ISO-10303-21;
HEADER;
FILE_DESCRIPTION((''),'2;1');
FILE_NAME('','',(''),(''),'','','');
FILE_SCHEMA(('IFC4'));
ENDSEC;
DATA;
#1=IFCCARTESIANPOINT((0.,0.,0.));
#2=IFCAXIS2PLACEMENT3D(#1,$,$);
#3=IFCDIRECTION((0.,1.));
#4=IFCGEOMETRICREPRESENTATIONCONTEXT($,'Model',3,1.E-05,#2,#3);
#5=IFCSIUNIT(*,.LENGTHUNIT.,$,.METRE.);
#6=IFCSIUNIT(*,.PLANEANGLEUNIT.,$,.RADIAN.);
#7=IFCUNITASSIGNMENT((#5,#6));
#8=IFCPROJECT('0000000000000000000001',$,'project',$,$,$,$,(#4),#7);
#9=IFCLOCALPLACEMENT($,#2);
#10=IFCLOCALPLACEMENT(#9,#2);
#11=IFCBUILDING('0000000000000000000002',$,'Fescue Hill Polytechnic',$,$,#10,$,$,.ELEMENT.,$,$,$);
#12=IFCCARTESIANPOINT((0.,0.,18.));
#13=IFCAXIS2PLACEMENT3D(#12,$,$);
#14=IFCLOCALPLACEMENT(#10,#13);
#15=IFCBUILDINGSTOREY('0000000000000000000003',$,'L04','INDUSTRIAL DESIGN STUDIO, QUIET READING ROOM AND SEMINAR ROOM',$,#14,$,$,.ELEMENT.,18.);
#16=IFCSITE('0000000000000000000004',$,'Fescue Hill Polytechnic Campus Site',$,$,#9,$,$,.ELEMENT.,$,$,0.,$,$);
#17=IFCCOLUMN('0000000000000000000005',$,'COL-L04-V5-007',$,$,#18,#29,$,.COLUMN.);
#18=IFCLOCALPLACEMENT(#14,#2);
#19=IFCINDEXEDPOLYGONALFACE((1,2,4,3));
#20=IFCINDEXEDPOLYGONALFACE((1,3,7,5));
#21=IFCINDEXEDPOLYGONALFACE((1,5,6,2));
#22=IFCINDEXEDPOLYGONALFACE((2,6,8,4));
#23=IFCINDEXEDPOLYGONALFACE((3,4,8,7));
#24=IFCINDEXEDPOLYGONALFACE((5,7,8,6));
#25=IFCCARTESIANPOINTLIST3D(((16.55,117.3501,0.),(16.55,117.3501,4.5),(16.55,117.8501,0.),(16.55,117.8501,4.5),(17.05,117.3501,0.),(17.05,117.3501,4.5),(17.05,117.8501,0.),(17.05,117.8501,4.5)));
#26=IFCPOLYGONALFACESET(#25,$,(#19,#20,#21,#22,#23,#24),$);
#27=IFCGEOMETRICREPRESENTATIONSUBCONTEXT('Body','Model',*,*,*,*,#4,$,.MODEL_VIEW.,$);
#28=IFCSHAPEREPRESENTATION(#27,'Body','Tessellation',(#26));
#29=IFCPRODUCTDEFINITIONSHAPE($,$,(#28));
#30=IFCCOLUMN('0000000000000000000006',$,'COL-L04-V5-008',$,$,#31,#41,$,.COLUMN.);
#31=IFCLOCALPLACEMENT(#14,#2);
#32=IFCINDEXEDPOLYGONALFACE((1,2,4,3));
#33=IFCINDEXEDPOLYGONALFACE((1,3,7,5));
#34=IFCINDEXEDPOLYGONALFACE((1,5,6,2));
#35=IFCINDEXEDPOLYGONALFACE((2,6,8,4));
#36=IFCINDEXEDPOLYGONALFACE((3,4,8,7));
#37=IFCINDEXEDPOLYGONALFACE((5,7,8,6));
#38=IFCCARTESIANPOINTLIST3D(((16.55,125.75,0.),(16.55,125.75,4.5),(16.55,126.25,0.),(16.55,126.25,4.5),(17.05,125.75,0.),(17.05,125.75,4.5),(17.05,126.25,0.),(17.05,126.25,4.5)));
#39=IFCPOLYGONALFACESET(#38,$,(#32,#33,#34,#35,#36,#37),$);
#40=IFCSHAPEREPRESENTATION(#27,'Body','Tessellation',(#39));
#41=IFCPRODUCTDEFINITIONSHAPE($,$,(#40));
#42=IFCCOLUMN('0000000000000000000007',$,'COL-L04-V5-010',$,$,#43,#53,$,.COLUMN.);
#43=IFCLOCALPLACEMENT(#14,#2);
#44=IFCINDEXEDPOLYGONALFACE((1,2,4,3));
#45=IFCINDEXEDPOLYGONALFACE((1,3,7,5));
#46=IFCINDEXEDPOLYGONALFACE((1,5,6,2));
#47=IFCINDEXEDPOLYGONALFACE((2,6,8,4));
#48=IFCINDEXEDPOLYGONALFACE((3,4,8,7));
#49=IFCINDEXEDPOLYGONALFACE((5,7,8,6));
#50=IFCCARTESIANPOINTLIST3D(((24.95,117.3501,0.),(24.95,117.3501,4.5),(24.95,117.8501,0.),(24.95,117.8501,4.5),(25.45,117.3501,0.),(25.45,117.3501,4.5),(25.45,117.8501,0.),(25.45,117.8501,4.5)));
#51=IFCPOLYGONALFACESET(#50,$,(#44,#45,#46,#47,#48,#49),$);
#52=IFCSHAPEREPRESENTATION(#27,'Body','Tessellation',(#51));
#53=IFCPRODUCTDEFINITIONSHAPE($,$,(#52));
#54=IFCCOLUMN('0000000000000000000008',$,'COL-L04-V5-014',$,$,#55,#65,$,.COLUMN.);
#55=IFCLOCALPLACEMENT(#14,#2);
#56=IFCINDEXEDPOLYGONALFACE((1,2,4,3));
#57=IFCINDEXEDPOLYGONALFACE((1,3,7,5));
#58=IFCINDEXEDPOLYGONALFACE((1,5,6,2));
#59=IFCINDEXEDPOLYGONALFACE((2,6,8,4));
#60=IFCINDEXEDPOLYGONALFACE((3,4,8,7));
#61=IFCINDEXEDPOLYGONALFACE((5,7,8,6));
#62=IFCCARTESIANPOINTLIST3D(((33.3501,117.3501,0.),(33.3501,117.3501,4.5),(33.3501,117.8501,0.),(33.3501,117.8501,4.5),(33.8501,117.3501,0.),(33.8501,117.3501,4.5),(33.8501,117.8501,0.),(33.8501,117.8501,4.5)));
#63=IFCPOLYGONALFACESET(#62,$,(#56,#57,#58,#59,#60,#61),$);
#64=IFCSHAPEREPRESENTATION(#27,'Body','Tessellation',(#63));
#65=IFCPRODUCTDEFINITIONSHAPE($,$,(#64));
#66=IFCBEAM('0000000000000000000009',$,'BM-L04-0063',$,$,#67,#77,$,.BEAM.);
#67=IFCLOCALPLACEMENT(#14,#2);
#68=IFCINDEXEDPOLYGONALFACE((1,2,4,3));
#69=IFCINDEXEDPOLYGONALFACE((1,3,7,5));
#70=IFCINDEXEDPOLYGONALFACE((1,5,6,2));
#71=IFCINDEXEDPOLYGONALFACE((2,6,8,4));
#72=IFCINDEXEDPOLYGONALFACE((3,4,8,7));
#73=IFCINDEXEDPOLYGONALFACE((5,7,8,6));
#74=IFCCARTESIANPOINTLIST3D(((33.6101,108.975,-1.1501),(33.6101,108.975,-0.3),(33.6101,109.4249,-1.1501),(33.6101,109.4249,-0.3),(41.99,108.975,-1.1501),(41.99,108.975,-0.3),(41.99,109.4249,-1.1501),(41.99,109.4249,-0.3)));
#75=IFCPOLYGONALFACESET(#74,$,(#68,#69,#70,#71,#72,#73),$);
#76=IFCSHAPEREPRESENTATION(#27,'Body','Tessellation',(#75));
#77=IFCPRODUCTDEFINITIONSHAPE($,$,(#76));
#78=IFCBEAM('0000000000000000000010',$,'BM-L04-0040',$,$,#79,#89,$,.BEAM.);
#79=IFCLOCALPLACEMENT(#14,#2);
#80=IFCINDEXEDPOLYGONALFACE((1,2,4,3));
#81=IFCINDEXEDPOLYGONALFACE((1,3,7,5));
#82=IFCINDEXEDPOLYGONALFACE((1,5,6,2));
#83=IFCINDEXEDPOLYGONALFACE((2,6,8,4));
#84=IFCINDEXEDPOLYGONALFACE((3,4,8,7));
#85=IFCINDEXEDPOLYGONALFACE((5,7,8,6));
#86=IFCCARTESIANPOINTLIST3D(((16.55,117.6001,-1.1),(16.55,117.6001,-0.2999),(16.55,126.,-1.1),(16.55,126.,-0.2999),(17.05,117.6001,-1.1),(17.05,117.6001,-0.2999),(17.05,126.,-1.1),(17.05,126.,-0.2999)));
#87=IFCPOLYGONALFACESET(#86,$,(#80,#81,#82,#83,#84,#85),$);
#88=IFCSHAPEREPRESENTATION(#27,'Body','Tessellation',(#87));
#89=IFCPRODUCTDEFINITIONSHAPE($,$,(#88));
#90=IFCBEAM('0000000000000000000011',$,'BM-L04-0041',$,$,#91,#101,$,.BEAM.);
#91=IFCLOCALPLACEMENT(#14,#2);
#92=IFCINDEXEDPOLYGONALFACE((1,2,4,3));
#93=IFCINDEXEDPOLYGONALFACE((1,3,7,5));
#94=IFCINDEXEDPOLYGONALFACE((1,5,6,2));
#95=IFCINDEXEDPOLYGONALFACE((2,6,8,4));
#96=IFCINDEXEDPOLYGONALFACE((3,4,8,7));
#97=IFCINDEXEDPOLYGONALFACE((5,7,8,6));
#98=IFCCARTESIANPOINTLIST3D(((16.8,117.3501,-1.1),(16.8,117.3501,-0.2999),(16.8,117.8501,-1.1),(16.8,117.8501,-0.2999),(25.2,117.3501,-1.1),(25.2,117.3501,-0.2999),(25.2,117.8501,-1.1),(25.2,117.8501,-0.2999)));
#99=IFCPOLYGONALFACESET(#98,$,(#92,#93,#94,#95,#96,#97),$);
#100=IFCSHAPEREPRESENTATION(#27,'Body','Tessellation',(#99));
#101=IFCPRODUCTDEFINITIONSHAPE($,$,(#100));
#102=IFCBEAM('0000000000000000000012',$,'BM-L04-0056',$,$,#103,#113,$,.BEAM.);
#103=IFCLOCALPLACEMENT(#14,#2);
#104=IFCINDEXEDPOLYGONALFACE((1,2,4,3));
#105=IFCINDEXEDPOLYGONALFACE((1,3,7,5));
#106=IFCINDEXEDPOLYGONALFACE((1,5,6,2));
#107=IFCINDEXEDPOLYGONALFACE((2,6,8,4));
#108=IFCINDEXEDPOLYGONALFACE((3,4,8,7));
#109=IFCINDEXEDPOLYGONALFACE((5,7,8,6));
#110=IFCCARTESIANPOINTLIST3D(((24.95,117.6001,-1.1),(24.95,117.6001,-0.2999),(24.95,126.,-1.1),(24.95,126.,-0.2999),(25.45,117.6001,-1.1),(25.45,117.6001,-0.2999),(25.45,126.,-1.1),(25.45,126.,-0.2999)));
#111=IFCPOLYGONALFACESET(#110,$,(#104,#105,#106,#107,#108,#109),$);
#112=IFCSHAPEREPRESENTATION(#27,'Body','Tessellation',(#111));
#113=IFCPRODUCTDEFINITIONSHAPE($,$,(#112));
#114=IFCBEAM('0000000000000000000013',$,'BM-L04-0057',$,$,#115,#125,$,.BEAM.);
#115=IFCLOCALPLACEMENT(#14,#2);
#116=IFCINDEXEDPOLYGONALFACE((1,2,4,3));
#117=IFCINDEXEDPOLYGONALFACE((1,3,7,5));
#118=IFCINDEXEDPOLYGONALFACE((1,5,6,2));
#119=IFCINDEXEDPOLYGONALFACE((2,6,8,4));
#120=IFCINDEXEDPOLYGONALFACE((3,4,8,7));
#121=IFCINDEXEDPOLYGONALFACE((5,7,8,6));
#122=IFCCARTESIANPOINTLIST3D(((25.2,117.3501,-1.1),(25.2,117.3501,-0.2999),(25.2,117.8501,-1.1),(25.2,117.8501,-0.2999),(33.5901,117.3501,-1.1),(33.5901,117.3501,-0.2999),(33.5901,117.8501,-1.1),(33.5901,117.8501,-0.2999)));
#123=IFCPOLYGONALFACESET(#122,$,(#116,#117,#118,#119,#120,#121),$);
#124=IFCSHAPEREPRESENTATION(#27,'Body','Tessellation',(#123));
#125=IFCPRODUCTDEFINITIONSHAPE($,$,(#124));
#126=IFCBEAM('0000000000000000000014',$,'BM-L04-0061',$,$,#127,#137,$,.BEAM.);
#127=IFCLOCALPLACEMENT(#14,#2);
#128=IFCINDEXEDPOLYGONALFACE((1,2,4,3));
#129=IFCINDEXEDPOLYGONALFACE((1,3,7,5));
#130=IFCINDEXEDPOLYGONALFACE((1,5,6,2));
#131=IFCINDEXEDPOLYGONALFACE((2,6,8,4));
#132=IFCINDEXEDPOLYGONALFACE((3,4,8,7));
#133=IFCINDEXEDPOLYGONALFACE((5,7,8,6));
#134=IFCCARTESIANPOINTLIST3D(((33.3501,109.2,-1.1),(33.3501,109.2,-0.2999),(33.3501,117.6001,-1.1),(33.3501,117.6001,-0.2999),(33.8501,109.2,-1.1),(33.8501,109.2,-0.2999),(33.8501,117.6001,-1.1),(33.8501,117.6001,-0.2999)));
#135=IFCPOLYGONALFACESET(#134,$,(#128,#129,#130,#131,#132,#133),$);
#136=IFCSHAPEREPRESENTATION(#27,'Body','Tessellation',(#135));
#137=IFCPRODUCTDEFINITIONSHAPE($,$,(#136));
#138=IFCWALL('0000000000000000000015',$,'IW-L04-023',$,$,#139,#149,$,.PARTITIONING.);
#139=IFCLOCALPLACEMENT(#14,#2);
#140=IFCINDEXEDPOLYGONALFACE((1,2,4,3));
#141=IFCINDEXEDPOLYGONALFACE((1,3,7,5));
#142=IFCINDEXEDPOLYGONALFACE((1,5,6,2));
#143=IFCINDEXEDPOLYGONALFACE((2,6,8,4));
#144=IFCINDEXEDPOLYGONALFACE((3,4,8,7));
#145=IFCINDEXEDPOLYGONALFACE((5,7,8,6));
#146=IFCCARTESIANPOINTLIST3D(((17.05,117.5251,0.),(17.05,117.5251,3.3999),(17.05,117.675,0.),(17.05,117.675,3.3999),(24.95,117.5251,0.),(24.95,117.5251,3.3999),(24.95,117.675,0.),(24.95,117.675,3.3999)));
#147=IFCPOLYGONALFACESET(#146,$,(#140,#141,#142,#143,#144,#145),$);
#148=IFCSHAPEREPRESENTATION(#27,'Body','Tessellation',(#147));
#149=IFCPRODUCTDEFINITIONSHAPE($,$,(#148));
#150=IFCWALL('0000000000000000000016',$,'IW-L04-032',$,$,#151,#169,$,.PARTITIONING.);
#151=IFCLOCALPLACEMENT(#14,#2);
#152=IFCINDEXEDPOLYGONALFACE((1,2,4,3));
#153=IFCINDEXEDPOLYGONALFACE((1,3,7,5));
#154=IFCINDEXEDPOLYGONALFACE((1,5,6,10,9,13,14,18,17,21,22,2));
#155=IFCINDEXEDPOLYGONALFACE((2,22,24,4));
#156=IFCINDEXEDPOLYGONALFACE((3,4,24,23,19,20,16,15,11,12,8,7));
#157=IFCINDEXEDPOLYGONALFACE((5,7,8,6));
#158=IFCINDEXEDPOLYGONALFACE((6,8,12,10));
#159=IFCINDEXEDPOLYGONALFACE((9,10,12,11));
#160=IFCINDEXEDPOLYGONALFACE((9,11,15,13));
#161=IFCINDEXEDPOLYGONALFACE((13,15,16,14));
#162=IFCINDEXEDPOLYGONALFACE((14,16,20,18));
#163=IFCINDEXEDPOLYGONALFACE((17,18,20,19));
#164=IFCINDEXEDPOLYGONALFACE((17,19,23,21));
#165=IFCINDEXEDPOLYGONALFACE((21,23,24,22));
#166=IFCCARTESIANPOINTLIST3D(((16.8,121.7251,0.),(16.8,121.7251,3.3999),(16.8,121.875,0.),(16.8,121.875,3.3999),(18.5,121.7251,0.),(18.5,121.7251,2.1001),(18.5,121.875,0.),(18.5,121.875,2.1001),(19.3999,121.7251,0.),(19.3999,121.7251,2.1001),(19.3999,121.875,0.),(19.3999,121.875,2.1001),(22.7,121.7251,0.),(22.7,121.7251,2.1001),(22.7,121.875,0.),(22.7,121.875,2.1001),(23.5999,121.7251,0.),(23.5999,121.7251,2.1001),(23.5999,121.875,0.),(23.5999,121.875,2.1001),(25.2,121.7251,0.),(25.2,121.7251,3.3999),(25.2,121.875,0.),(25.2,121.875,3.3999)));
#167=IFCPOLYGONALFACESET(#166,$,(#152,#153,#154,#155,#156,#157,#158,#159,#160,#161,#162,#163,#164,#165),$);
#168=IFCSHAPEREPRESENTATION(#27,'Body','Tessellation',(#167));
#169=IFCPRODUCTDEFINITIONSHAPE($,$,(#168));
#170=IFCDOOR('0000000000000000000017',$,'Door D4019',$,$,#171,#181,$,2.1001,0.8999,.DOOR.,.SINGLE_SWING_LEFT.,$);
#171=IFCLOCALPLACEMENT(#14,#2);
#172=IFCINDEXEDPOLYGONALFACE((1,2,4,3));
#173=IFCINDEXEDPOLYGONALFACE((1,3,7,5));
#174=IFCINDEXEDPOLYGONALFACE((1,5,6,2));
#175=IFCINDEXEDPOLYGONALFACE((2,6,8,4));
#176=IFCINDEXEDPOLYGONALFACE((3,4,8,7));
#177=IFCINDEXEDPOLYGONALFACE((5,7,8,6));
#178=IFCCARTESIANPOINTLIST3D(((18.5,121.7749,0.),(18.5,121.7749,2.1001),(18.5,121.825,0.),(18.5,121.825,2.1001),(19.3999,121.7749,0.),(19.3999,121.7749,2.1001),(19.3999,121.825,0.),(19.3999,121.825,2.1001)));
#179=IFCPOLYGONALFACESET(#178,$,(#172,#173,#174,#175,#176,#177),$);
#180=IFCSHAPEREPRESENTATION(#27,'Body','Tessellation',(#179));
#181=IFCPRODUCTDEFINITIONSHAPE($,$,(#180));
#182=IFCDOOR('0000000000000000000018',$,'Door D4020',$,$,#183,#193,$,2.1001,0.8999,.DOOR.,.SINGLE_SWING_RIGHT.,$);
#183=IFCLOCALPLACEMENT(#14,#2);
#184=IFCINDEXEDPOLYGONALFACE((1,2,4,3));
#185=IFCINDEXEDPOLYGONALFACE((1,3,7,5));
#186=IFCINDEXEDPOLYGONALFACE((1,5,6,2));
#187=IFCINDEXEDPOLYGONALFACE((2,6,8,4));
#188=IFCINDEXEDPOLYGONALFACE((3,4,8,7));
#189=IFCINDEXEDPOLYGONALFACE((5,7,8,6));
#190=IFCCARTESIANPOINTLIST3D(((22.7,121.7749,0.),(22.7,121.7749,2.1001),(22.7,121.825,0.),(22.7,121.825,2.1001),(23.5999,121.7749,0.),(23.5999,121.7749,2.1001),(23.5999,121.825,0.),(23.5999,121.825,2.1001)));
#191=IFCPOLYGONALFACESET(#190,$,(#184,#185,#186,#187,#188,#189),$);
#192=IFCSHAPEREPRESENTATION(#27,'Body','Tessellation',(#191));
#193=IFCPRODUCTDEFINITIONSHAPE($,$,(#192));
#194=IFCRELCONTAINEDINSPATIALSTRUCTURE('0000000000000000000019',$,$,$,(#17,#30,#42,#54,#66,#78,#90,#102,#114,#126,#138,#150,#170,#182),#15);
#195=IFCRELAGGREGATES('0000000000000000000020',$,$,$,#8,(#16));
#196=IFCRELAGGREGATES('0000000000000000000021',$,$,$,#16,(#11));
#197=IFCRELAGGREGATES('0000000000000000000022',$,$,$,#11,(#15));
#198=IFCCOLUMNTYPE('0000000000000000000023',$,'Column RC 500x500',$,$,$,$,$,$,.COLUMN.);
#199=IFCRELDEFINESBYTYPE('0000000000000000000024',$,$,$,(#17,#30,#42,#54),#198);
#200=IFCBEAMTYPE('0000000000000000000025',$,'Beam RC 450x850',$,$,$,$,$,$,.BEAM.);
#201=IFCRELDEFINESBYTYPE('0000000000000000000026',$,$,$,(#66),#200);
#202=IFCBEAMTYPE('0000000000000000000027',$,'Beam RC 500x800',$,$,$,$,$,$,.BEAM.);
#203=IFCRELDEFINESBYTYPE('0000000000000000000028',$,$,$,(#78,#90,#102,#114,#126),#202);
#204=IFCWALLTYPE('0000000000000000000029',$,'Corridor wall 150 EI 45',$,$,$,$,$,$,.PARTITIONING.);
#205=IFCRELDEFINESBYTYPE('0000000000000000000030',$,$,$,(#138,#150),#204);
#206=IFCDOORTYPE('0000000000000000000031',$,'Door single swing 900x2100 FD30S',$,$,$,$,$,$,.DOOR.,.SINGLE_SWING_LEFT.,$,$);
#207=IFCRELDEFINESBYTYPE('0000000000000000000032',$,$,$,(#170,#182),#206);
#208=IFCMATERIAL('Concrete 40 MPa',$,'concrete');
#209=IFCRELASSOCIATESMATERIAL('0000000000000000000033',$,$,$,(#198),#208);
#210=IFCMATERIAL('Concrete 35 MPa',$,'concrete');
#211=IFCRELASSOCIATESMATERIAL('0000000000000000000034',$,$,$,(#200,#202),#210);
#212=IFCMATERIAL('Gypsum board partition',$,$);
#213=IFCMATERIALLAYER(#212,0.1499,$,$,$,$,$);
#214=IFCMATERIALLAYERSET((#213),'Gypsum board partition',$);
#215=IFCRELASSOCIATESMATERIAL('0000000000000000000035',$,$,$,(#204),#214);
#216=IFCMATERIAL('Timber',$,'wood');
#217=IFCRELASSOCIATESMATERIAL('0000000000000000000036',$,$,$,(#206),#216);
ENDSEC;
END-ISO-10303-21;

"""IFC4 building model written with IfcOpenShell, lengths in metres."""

from ifc_helpers import new_model, si_unit, direction, frame, frame_2d, origin, origin_2d, place, context, subcontext, project, spatial, rectangle, extrude, material, layer, layer_set, material_profile, profile_set, type_object, element, fill, save


model = new_model("IFC4")

# Units and contexts
model_context = context("Model", 3, precision=1e-05, world=origin(), true_north=direction((0.0, 1.0)))
body_context = subcontext(model_context, "Body", "Model", "MODEL_VIEW")
ifc_project = project(units=[si_unit("LENGTHUNIT", "METRE"), si_unit("PLANEANGLEUNIT", "RADIAN")], contexts=[model_context])

# Site, building, storey
site_placement = place(None, origin())
site = spatial("IfcSite", under=ifc_project, at=site_placement, Name="Fescue Hill Polytechnic Campus Site", CompositionType="ELEMENT", RefElevation=0.0)
building_placement = place(site_placement, origin())
building = spatial("IfcBuilding", under=site, at=building_placement, Name="Fescue Hill Polytechnic", CompositionType="ELEMENT")
storey_placement = place(building_placement, frame((0.0, 0.0, 18.0)))
storey = spatial("IfcBuildingStorey", under=building, at=storey_placement, Name="L04", Description="INDUSTRIAL DESIGN STUDIO, QUIET READING ROOM AND SEMINAR ROOM", CompositionType="ELEMENT", Elevation=18.0)

# Columns
ifc_material_1 = material(Name="Concrete 40 MPa", Category="concrete")
ifc_material_profile_1 = material_profile(ifc_material_1, rectangle(XDim=0.5, YDim=0.5, at=origin_2d()), Name="RC 500x500")
ifc_profile_set_1 = profile_set([ifc_material_profile_1], Name="Concrete 40 MPa")
column_type = type_object("IfcColumnType", Name="Column RC 500x500", PredefinedType="COLUMN", material=ifc_profile_set_1)
for number, where, z_axis, x_axis, name in (
    (1, (16.8, 117.6001, 0.0), (0.0, 0.0, 1.0), (1.0, 0.0, 0.0), "COL-L04-V5-007"),
    (2, (16.8, 126.0, 0.0), (0.0, 0.0, 1.0), (1.0, 0.0, 0.0), "COL-L04-V5-008"),
    (3, (25.2, 117.6001, 0.0), (0.0, 0.0, 1.0), (1.0, 0.0, 0.0), "COL-L04-V5-010"),
    (4, (33.6001, 117.6001, 0.0), (0.0, 0.0, 1.0), (1.0, 0.0, 0.0), "COL-L04-V5-014"),
):
    element("IfcColumn", number, at=place(storey_placement, frame(where, z_axis=z_axis, x_axis=x_axis)), inside=storey, type_object=column_type, Name=name, PredefinedType="COLUMN", context=body_context, shape_type="SweptSolid", body=[
        extrude(rectangle(XDim=0.5, YDim=0.5, at=origin_2d()), origin(), (0.0, 0.0, 1.0), 4.5),
    ])

# Beams
ifc_material_2 = material(Name="Concrete 35 MPa", Category="concrete")
ifc_material_profile_2 = material_profile(ifc_material_2, rectangle(XDim=0.45, YDim=0.8501, at=origin_2d()), Name="RC 450x850")
ifc_profile_set_2 = profile_set([ifc_material_profile_2], Name="Concrete 35 MPa")
beam_type_1 = type_object("IfcBeamType", Name="Beam RC 450x850", PredefinedType="BEAM", material=ifc_profile_set_2)
beam_1_placement = place(storey_placement, frame((33.6101, 109.2, -0.7251), z_axis=(1.0, 0.0, 0.0), x_axis=(0.0, 1.0, 0.0)))
element("IfcBeam", 5, at=beam_1_placement, inside=storey, type_object=beam_type_1, Name="BM-L04-0063", PredefinedType="BEAM", context=body_context, shape_type="SweptSolid", body=[
    extrude(rectangle(XDim=0.45, YDim=0.8501, at=origin_2d()), origin(), (0.0, 0.0, 1.0), 8.3799),
])
ifc_material_profile_3 = material_profile(ifc_material_2, rectangle(XDim=0.5, YDim=0.8, at=origin_2d()), Name="RC 500x800")
ifc_profile_set_3 = profile_set([ifc_material_profile_3], Name="Concrete 35 MPa")
beam_type_2 = type_object("IfcBeamType", Name="Beam RC 500x800", PredefinedType="BEAM", material=ifc_profile_set_3)
for number, where, z_axis, x_axis, name in (
    (6, (16.8, 117.6001, -0.7), (0.0, 1.0, 0.0), (-1.0, 0.0, 0.0), "BM-L04-0040"),
    (7, (16.8, 117.6001, -0.7), (1.0, 0.0, 0.0), (0.0, 1.0, 0.0), "BM-L04-0041"),
    (8, (25.2, 117.6001, -0.7), (0.0, 1.0, 0.0), (-1.0, 0.0, 0.0), "BM-L04-0056"),
):
    element("IfcBeam", number, at=place(storey_placement, frame(where, z_axis=z_axis, x_axis=x_axis)), inside=storey, type_object=beam_type_2, Name=name, PredefinedType="BEAM", context=body_context, shape_type="SweptSolid", body=[
        extrude(rectangle(XDim=0.5, YDim=0.8, at=origin_2d()), origin(), (0.0, 0.0, 1.0), 8.3999),
    ])
beam_2_placement = place(storey_placement, frame((25.2, 117.6001, -0.7), z_axis=(1.0, 0.0, 0.0), x_axis=(0.0, 1.0, 0.0)))
element("IfcBeam", 9, at=beam_2_placement, inside=storey, type_object=beam_type_2, Name="BM-L04-0057", PredefinedType="BEAM", context=body_context, shape_type="SweptSolid", body=[
    extrude(rectangle(XDim=0.5, YDim=0.8, at=origin_2d()), origin(), (0.0, 0.0, 1.0), 8.3901),
])
beam_3_placement = place(storey_placement, frame((33.6001, 109.2, -0.7), z_axis=(0.0, 1.0, 0.0), x_axis=(-1.0, 0.0, 0.0)))
element("IfcBeam", 10, at=beam_3_placement, inside=storey, type_object=beam_type_2, Name="BM-L04-0061", PredefinedType="BEAM", context=body_context, shape_type="SweptSolid", body=[
    extrude(rectangle(XDim=0.5, YDim=0.8, at=origin_2d()), origin(), (0.0, 0.0, 1.0), 8.4001),
])

# Wall
ifc_material_3 = material(Name="Gypsum board partition")
ifc_layer_1 = layer(ifc_material_3, 0.1499)
ifc_layer_set_1 = layer_set([ifc_layer_1], Name="Gypsum board partition")
wall_type_1 = type_object("IfcWallType", Name="Corridor wall 150 EI 45", PredefinedType="PARTITIONING", material=ifc_layer_set_1)
wall_1_placement = place(storey_placement, frame((17.05, 117.6001, 0.0), z_axis=(0.0, 0.0, 1.0), x_axis=(1.0, 0.0, 0.0)))
element("IfcWall", 11, at=wall_1_placement, inside=storey, type_object=wall_type_1, Name="IW-L04-023", PredefinedType="PARTITIONING", context=body_context, shape_type="SweptSolid", body=[
    extrude(rectangle(XDim=7.8999, YDim=0.1499, at=frame_2d((3.95, 0.0))), origin(), (0.0, 0.0, 1.0), 3.3999),
])

# Wall, openings, doors
wall_2_placement = place(storey_placement, frame((16.8, 121.8, 0.0), z_axis=(0.0, 0.0, 1.0), x_axis=(1.0, 0.0, 0.0)))
wall_2 = element("IfcWall", 12, at=wall_2_placement, inside=storey, type_object=wall_type_1, Name="IW-L04-032", PredefinedType="PARTITIONING", context=body_context, shape_type="SweptSolid", body=[
    extrude(rectangle(XDim=8.3999, YDim=0.1499, at=frame_2d((4.2, 0.0))), origin(), (0.0, 0.0, 1.0), 3.3999),
])
opening_1_placement = place(wall_2_placement, frame((1.7, 0.0, 0.0)))
opening_1 = element("IfcOpeningElement", 13, at=opening_1_placement, cuts=wall_2, PredefinedType="OPENING", context=body_context, shape_type="SweptSolid", body=[
    extrude(rectangle(XDim=0.8999, YDim=2.1001, at=frame_2d((0.45, 1.05))), frame((0.0, 0.085, 0.0), z_axis=(0.0, -1.0, 0.0), x_axis=(1.0, 0.0, 0.0)), (0.0, 0.0, 1.0), 0.1699),
])
opening_2_placement = place(wall_2_placement, frame((5.8999, 0.0, 0.0)))
opening_2 = element("IfcOpeningElement", 14, at=opening_2_placement, cuts=wall_2, PredefinedType="OPENING", context=body_context, shape_type="SweptSolid", body=[
    extrude(rectangle(XDim=0.8999, YDim=2.1001, at=frame_2d((0.45, 1.05))), frame((0.0, 0.085, 0.0), z_axis=(0.0, -1.0, 0.0), x_axis=(1.0, 0.0, 0.0)), (0.0, 0.0, 1.0), 0.1699),
])
ifc_material_4 = material(Name="Timber", Category="wood")
door_type = type_object("IfcDoorType", Name="Door single swing 900x2100 FD30S", OperationType="SINGLE_SWING_LEFT", PredefinedType="DOOR", material=ifc_material_4)
door_1_placement = place(opening_1_placement, origin())
door_1 = element("IfcDoor", 15, at=door_1_placement, inside=storey, type_object=door_type, Name="Door D4019", OperationType="SINGLE_SWING_LEFT", OverallHeight=2.1001, OverallWidth=0.8999, PredefinedType="DOOR", context=body_context, shape_type="SweptSolid", body=[
    extrude(rectangle(XDim=0.8999, YDim=2.1001, at=frame_2d((0.45, 1.05))), frame((0.0, 0.0249, 0.0), z_axis=(0.0, -1.0, 0.0), x_axis=(1.0, 0.0, 0.0)), (0.0, 0.0, 1.0), 0.05),
])
fill(opening_1, door_1)
door_2_placement = place(opening_2_placement, origin())
door_2 = element("IfcDoor", 16, at=door_2_placement, inside=storey, type_object=door_type, Name="Door D4020", OperationType="SINGLE_SWING_RIGHT", OverallHeight=2.1001, OverallWidth=0.8999, PredefinedType="DOOR", context=body_context, shape_type="SweptSolid", body=[
    extrude(rectangle(XDim=0.8999, YDim=2.1001, at=frame_2d((0.45, 1.05))), frame((0.0, 0.0249, 0.0), z_axis=(0.0, -1.0, 0.0), x_axis=(1.0, 0.0, 0.0)), (0.0, 0.0, 1.0), 0.05),
])
fill(opening_2, door_2)

save(model, "model.ifc")
